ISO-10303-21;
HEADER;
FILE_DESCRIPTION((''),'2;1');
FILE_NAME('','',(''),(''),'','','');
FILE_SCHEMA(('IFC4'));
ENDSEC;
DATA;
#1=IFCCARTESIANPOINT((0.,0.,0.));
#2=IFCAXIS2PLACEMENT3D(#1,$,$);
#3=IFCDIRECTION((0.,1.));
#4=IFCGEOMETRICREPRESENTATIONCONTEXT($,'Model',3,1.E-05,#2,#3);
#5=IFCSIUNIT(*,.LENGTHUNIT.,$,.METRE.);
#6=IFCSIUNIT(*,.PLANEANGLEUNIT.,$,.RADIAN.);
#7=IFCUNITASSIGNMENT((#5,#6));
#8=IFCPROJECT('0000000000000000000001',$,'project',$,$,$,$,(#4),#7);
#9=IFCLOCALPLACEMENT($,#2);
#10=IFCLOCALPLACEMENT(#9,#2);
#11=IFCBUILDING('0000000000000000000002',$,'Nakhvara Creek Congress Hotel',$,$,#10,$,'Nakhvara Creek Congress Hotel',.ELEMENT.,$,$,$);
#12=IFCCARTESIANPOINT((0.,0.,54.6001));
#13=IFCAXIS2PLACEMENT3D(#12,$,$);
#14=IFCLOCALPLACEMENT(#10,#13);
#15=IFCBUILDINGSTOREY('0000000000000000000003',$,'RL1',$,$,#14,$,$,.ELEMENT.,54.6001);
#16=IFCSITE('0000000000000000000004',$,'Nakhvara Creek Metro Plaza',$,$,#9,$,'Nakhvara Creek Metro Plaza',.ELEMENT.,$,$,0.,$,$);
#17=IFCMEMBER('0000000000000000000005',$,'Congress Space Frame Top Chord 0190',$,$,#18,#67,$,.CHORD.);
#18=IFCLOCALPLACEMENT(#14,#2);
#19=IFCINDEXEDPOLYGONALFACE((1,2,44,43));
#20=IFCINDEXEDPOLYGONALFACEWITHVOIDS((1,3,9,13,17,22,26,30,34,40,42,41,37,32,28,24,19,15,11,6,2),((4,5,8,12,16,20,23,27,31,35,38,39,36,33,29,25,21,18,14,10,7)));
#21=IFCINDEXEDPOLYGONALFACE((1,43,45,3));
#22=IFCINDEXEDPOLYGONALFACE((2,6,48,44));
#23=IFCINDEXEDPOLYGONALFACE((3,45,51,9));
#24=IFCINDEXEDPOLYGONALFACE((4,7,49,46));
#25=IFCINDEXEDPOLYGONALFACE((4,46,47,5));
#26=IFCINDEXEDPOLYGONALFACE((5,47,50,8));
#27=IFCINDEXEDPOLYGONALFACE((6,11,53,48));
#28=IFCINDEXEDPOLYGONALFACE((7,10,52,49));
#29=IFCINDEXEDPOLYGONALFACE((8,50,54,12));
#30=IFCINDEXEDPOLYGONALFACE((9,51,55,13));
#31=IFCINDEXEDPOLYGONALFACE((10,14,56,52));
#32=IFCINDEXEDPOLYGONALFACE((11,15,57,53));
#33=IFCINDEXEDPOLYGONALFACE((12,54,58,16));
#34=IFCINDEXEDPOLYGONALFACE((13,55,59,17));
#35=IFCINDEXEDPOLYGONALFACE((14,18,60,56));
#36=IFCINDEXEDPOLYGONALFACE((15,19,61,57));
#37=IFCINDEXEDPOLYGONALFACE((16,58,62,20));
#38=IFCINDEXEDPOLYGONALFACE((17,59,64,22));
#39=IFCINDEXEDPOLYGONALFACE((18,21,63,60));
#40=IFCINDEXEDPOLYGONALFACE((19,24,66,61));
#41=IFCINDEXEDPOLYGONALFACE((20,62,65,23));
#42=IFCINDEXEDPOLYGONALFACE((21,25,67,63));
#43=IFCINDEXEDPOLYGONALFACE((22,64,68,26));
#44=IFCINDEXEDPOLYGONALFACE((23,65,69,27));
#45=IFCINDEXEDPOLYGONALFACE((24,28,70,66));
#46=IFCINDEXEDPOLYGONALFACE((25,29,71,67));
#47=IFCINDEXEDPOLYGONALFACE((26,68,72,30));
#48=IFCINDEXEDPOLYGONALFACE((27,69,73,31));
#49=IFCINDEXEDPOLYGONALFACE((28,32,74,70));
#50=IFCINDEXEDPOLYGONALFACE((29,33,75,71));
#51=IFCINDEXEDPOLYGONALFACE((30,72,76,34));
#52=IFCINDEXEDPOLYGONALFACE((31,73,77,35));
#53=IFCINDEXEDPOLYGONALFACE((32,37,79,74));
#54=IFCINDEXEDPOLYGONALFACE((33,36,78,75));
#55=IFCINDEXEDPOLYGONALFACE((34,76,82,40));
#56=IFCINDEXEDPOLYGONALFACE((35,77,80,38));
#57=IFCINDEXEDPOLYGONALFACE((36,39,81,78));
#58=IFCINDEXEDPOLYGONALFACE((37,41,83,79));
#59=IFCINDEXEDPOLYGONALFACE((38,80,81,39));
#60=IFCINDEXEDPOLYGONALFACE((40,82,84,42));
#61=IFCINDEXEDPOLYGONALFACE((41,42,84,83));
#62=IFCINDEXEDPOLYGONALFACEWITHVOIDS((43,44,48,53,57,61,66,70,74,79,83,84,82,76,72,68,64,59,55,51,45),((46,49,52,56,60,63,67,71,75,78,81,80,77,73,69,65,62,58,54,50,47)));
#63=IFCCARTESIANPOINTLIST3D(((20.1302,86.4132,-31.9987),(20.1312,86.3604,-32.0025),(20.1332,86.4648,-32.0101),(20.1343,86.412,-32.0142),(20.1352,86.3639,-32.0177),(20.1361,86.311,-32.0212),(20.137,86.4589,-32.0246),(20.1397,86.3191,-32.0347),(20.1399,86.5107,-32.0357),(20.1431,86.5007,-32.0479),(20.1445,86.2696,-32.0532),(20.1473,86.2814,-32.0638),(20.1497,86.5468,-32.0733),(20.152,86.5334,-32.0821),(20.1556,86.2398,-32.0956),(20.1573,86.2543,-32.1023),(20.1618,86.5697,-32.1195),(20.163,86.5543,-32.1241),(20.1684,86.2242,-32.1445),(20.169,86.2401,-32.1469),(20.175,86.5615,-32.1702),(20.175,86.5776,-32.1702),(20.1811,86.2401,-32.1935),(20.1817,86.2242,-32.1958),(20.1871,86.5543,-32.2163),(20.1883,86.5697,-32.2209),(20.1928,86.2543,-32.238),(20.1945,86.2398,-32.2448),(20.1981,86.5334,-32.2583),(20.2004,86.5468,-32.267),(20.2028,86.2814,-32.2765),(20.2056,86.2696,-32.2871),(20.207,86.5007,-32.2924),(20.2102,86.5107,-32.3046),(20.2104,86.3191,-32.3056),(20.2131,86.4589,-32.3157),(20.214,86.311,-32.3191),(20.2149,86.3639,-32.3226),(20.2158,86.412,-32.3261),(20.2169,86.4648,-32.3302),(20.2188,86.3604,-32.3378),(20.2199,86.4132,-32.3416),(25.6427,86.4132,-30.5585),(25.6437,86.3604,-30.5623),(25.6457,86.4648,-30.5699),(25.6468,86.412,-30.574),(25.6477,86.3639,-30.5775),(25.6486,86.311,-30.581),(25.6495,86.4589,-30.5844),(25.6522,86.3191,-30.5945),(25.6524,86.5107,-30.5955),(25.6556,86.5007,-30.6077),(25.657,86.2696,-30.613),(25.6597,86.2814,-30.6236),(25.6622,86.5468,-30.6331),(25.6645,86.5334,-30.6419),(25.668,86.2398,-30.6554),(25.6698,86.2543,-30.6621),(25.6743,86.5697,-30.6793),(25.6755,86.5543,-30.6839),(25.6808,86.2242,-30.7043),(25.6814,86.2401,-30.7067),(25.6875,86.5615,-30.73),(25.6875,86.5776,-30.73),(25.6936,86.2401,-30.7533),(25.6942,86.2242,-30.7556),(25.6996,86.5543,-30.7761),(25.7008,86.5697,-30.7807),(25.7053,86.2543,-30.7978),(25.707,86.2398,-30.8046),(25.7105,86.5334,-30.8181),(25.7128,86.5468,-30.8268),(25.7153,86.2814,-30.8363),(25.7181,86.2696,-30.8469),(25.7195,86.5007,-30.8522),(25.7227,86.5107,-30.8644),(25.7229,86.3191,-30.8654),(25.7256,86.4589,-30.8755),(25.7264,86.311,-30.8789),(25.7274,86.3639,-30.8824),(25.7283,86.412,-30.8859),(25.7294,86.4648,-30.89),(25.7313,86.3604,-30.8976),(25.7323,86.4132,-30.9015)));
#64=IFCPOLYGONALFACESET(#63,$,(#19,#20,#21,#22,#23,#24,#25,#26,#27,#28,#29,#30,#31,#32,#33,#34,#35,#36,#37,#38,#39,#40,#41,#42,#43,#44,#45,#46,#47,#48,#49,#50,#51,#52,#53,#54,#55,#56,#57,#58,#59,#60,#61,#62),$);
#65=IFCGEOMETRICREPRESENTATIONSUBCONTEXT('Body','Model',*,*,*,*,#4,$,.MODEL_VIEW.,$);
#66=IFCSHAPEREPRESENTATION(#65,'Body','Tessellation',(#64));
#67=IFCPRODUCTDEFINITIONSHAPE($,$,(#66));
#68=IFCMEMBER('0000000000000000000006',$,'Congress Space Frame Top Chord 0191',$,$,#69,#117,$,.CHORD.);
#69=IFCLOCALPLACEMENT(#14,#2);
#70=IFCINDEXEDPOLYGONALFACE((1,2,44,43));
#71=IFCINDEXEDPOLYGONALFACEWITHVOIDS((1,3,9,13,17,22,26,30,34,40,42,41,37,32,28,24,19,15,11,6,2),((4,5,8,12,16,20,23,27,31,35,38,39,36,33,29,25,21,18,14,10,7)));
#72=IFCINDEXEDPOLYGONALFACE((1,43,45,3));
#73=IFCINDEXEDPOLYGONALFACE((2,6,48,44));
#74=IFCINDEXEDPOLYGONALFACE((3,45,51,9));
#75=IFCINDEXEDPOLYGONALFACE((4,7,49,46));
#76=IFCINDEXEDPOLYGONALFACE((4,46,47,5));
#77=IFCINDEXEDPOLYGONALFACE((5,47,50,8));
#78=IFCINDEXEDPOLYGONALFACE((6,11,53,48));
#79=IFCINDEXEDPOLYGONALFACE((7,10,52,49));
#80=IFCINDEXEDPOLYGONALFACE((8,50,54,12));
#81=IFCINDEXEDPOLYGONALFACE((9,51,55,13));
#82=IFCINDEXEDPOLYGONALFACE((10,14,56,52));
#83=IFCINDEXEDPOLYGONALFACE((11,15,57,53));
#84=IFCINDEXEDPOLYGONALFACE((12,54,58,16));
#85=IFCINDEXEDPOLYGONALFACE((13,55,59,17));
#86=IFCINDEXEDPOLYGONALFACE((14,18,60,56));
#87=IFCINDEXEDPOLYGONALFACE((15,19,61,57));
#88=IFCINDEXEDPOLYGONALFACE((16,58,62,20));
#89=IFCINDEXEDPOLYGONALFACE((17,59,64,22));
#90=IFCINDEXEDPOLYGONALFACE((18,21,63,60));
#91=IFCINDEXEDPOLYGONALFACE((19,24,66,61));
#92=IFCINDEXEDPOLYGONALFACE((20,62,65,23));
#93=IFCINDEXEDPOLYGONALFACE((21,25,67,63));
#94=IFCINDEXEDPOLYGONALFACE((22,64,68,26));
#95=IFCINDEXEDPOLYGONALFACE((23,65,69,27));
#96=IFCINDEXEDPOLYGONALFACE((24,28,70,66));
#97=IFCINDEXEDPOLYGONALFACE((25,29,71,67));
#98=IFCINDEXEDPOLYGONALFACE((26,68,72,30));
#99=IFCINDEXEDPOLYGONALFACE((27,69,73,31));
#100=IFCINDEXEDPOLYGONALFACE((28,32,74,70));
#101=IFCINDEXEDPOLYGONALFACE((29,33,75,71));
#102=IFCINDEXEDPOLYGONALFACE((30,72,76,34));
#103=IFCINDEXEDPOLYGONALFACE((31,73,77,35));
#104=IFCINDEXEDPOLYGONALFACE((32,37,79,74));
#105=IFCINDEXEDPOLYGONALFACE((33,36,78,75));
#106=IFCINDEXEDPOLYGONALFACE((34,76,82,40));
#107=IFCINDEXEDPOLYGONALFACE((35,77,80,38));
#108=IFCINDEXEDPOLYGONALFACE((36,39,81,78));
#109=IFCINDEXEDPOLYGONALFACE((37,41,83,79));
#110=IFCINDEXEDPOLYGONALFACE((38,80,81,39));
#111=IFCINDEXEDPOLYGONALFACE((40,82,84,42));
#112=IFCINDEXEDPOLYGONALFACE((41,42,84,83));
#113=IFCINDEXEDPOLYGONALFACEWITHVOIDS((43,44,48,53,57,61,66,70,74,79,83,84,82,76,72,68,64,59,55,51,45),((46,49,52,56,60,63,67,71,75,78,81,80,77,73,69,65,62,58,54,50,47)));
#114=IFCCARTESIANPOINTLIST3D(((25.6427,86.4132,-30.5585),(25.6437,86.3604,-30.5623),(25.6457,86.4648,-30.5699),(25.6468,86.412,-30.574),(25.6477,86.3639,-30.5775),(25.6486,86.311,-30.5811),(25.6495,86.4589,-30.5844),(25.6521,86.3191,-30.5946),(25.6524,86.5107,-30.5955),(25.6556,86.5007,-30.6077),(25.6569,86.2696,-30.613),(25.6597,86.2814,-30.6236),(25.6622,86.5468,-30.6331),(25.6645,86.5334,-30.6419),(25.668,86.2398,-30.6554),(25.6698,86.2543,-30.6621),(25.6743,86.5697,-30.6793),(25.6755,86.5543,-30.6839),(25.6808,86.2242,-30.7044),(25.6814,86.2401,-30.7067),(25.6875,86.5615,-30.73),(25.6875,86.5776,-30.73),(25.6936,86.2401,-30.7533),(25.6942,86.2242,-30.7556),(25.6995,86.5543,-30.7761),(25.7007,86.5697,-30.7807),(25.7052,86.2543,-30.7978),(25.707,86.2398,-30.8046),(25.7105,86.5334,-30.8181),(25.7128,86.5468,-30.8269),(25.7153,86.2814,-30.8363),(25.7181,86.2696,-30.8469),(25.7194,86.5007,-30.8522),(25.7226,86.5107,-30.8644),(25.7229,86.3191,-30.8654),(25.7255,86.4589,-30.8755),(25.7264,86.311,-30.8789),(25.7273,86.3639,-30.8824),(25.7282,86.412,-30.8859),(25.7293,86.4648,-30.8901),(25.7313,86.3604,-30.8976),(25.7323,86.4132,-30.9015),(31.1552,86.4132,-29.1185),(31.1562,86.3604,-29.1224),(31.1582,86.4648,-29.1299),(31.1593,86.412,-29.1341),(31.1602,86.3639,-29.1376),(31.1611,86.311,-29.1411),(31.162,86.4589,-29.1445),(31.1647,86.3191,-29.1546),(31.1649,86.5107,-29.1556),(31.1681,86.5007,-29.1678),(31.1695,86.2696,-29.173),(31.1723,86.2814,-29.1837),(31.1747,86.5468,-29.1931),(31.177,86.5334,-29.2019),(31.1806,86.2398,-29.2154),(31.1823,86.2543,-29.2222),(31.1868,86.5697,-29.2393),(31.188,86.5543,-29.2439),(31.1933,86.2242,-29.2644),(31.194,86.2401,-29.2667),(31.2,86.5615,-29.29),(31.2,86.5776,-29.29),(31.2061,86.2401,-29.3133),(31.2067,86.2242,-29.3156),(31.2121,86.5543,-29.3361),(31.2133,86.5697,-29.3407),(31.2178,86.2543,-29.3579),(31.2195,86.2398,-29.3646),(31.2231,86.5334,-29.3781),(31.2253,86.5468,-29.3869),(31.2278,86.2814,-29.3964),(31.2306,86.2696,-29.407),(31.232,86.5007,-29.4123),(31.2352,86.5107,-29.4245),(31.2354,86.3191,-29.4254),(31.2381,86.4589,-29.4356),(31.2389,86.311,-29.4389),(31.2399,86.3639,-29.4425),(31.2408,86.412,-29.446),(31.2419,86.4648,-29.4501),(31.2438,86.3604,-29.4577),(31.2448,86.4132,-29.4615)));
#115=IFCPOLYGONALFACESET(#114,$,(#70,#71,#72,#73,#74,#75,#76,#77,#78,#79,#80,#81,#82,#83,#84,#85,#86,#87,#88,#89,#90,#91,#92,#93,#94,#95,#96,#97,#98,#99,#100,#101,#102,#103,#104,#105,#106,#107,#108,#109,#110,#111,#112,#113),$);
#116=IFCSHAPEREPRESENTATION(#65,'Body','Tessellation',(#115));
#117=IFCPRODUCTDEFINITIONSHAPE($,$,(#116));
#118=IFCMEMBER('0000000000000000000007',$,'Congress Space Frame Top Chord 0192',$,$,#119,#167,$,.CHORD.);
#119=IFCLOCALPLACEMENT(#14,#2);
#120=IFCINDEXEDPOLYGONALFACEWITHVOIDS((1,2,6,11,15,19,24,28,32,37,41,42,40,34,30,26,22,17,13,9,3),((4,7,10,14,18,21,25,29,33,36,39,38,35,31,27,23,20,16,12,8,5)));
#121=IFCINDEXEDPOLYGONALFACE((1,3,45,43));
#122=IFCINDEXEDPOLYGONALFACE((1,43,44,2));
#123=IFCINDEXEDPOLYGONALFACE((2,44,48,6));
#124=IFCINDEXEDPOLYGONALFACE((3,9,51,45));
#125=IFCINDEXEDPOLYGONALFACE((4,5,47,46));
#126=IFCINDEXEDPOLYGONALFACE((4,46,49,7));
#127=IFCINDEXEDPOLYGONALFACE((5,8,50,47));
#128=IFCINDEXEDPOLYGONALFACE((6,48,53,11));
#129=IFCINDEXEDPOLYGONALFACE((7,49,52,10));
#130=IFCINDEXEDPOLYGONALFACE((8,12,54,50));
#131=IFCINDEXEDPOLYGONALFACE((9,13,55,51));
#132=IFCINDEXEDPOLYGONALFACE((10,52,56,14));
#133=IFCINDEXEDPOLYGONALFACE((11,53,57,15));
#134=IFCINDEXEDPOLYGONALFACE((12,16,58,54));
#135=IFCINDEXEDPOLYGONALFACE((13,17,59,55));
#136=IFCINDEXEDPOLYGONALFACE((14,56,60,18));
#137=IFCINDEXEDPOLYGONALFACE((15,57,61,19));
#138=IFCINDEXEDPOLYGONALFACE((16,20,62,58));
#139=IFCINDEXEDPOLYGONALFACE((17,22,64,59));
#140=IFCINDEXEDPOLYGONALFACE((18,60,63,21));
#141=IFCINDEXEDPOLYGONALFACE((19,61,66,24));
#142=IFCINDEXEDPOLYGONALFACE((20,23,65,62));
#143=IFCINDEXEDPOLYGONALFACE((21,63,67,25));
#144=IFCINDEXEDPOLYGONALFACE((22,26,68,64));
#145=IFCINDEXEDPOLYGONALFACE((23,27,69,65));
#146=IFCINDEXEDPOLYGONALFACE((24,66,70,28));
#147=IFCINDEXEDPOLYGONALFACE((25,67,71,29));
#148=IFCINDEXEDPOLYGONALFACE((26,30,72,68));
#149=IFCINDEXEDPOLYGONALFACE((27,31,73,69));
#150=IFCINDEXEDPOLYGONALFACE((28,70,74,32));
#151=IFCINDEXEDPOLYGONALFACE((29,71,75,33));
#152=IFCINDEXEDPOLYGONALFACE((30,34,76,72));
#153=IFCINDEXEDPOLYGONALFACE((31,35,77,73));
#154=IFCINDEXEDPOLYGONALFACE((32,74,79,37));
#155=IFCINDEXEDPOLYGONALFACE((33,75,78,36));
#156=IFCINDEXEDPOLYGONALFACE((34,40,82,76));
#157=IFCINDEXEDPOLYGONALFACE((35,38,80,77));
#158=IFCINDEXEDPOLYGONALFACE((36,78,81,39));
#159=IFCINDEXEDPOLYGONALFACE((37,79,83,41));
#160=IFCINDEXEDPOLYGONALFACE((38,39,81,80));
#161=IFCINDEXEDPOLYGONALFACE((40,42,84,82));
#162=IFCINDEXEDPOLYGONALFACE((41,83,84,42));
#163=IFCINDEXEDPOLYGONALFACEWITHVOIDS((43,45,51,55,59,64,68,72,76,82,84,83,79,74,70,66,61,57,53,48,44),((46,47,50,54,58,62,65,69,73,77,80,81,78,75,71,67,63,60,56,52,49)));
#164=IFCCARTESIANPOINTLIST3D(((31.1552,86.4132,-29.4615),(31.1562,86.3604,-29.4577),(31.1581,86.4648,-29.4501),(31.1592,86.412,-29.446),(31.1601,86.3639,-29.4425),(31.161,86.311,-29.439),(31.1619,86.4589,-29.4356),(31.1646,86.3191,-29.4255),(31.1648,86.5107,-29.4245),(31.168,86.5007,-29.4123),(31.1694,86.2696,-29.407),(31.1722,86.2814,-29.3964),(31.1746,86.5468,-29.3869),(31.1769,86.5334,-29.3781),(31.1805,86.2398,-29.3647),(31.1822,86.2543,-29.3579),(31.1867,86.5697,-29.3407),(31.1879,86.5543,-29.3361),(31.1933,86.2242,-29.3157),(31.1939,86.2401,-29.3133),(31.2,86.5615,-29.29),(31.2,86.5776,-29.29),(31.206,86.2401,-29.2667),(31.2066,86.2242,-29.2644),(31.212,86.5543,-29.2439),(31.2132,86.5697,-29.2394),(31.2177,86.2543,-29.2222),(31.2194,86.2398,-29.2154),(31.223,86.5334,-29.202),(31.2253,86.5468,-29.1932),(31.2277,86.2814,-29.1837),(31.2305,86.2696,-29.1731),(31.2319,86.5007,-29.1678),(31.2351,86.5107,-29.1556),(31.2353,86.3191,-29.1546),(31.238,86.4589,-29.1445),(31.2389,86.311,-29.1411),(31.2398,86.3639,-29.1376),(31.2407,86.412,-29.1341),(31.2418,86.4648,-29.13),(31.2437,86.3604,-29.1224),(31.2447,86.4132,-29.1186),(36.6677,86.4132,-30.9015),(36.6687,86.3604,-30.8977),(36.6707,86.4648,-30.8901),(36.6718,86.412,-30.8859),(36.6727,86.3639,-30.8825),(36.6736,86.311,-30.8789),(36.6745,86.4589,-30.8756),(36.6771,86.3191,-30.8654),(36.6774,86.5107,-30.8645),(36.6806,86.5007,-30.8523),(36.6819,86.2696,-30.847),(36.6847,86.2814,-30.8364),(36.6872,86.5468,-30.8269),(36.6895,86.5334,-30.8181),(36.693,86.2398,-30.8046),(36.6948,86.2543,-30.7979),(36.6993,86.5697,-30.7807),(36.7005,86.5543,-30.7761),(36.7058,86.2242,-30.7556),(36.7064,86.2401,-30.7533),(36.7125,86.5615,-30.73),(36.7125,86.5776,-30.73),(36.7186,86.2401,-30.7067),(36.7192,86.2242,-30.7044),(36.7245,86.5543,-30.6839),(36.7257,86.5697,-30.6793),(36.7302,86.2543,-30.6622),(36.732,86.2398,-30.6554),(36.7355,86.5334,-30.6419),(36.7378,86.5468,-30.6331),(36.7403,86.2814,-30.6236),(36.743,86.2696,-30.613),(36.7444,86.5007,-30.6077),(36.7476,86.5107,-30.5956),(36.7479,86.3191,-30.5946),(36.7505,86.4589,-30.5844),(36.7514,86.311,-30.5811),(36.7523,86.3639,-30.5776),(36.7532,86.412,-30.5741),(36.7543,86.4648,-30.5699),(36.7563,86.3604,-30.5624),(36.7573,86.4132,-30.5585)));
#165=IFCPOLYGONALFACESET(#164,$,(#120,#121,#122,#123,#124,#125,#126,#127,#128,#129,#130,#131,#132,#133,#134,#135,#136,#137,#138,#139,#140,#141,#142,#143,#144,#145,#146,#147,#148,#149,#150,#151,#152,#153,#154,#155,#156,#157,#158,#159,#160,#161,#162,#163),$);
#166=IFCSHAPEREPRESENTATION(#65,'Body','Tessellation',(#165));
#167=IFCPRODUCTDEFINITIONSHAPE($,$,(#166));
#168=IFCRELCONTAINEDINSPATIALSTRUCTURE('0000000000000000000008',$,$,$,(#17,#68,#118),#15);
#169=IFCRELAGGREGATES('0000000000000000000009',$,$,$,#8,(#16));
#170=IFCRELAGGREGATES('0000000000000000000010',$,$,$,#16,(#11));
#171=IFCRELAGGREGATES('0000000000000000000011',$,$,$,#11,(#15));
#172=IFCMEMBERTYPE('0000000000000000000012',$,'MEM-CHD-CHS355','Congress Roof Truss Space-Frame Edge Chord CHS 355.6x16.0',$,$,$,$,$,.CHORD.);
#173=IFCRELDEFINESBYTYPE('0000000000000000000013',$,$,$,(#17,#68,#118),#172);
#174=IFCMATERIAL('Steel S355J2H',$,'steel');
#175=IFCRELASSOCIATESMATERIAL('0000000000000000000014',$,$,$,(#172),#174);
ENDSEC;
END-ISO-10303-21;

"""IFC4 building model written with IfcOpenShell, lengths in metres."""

from ifc_helpers import new_model, si_unit, direction, frame, origin, origin_2d, place, context, subcontext, project, spatial, hollow_circle, extrude, material, material_profile, profile_set, type_object, element, save


model = new_model("IFC4")

# Units and contexts
model_context = context("Model", 3, precision=1e-05, world=origin(), true_north=direction((0.0, 1.0)))
body_context = subcontext(model_context, "Body", "Model", "MODEL_VIEW")
ifc_project = project(units=[si_unit("LENGTHUNIT", "METRE"), si_unit("PLANEANGLEUNIT", "RADIAN")], contexts=[model_context])

# Site, building, storey
site_placement = place(None, origin())
site = spatial("IfcSite", under=ifc_project, at=site_placement, Name="Nakhvara Creek Metro Plaza", LongName="Nakhvara Creek Metro Plaza", CompositionType="ELEMENT", RefElevation=0.0)
building_placement = place(site_placement, origin())
building = spatial("IfcBuilding", under=site, at=building_placement, Name="Nakhvara Creek Congress Hotel", LongName="Nakhvara Creek Congress Hotel", CompositionType="ELEMENT")
storey_placement = place(building_placement, frame((0.0, 0.0, 54.6001)))
storey = spatial("IfcBuildingStorey", under=building, at=storey_placement, Name="RL1", CompositionType="ELEMENT", Elevation=54.6001)

# Members
ifc_material_1 = material(Name="Steel S355J2H", Category="steel")
ifc_material_profile_1 = material_profile(ifc_material_1, hollow_circle(Radius=0.1777, WallThickness=0.0161, at=origin_2d()), Name="CHS 355.6x16.0", Category="LoadBearing")
ifc_profile_set_1 = profile_set([ifc_material_profile_1], Name="Steel S355J2H")
member_type_1 = type_object("IfcMemberType", Name="MEM-CHD-CHS355", Description="Congress Roof Truss Space-Frame Edge Chord CHS 355.6x16.0", PredefinedType="CHORD", material=ifc_profile_set_1)
for number, where, z_axis, x_axis, name in (
    (1, (20.175, 86.3999, -32.1702), (0.967525, 0.0, 0.252776), (0.0, 1.0, 0.0), "Congress Space Frame Top Chord 0190"),
    (2, (25.6875, 86.3999, -30.73), (0.967535, 0.0, 0.252736), (0.0, 1.0, 0.0), "Congress Space Frame Top Chord 0191"),
    (3, (31.2, 86.3999, -29.29), (0.967535, 0.0, -0.252736), (0.0, 1.0, 0.0), "Congress Space Frame Top Chord 0192"),
):
    element("IfcMember", number, at=place(storey_placement, frame(where, z_axis=z_axis, x_axis=x_axis)), inside=storey, type_object=member_type_1, Name=name, PredefinedType="CHORD", context=body_context, shape_type="SweptSolid", body=[
        extrude(hollow_circle(Radius=0.1777, WallThickness=0.0161, at=origin_2d()), origin(), (0.0, 0.0, 1.0), 5.6975),
    ])

save(model, "model.ifc")
